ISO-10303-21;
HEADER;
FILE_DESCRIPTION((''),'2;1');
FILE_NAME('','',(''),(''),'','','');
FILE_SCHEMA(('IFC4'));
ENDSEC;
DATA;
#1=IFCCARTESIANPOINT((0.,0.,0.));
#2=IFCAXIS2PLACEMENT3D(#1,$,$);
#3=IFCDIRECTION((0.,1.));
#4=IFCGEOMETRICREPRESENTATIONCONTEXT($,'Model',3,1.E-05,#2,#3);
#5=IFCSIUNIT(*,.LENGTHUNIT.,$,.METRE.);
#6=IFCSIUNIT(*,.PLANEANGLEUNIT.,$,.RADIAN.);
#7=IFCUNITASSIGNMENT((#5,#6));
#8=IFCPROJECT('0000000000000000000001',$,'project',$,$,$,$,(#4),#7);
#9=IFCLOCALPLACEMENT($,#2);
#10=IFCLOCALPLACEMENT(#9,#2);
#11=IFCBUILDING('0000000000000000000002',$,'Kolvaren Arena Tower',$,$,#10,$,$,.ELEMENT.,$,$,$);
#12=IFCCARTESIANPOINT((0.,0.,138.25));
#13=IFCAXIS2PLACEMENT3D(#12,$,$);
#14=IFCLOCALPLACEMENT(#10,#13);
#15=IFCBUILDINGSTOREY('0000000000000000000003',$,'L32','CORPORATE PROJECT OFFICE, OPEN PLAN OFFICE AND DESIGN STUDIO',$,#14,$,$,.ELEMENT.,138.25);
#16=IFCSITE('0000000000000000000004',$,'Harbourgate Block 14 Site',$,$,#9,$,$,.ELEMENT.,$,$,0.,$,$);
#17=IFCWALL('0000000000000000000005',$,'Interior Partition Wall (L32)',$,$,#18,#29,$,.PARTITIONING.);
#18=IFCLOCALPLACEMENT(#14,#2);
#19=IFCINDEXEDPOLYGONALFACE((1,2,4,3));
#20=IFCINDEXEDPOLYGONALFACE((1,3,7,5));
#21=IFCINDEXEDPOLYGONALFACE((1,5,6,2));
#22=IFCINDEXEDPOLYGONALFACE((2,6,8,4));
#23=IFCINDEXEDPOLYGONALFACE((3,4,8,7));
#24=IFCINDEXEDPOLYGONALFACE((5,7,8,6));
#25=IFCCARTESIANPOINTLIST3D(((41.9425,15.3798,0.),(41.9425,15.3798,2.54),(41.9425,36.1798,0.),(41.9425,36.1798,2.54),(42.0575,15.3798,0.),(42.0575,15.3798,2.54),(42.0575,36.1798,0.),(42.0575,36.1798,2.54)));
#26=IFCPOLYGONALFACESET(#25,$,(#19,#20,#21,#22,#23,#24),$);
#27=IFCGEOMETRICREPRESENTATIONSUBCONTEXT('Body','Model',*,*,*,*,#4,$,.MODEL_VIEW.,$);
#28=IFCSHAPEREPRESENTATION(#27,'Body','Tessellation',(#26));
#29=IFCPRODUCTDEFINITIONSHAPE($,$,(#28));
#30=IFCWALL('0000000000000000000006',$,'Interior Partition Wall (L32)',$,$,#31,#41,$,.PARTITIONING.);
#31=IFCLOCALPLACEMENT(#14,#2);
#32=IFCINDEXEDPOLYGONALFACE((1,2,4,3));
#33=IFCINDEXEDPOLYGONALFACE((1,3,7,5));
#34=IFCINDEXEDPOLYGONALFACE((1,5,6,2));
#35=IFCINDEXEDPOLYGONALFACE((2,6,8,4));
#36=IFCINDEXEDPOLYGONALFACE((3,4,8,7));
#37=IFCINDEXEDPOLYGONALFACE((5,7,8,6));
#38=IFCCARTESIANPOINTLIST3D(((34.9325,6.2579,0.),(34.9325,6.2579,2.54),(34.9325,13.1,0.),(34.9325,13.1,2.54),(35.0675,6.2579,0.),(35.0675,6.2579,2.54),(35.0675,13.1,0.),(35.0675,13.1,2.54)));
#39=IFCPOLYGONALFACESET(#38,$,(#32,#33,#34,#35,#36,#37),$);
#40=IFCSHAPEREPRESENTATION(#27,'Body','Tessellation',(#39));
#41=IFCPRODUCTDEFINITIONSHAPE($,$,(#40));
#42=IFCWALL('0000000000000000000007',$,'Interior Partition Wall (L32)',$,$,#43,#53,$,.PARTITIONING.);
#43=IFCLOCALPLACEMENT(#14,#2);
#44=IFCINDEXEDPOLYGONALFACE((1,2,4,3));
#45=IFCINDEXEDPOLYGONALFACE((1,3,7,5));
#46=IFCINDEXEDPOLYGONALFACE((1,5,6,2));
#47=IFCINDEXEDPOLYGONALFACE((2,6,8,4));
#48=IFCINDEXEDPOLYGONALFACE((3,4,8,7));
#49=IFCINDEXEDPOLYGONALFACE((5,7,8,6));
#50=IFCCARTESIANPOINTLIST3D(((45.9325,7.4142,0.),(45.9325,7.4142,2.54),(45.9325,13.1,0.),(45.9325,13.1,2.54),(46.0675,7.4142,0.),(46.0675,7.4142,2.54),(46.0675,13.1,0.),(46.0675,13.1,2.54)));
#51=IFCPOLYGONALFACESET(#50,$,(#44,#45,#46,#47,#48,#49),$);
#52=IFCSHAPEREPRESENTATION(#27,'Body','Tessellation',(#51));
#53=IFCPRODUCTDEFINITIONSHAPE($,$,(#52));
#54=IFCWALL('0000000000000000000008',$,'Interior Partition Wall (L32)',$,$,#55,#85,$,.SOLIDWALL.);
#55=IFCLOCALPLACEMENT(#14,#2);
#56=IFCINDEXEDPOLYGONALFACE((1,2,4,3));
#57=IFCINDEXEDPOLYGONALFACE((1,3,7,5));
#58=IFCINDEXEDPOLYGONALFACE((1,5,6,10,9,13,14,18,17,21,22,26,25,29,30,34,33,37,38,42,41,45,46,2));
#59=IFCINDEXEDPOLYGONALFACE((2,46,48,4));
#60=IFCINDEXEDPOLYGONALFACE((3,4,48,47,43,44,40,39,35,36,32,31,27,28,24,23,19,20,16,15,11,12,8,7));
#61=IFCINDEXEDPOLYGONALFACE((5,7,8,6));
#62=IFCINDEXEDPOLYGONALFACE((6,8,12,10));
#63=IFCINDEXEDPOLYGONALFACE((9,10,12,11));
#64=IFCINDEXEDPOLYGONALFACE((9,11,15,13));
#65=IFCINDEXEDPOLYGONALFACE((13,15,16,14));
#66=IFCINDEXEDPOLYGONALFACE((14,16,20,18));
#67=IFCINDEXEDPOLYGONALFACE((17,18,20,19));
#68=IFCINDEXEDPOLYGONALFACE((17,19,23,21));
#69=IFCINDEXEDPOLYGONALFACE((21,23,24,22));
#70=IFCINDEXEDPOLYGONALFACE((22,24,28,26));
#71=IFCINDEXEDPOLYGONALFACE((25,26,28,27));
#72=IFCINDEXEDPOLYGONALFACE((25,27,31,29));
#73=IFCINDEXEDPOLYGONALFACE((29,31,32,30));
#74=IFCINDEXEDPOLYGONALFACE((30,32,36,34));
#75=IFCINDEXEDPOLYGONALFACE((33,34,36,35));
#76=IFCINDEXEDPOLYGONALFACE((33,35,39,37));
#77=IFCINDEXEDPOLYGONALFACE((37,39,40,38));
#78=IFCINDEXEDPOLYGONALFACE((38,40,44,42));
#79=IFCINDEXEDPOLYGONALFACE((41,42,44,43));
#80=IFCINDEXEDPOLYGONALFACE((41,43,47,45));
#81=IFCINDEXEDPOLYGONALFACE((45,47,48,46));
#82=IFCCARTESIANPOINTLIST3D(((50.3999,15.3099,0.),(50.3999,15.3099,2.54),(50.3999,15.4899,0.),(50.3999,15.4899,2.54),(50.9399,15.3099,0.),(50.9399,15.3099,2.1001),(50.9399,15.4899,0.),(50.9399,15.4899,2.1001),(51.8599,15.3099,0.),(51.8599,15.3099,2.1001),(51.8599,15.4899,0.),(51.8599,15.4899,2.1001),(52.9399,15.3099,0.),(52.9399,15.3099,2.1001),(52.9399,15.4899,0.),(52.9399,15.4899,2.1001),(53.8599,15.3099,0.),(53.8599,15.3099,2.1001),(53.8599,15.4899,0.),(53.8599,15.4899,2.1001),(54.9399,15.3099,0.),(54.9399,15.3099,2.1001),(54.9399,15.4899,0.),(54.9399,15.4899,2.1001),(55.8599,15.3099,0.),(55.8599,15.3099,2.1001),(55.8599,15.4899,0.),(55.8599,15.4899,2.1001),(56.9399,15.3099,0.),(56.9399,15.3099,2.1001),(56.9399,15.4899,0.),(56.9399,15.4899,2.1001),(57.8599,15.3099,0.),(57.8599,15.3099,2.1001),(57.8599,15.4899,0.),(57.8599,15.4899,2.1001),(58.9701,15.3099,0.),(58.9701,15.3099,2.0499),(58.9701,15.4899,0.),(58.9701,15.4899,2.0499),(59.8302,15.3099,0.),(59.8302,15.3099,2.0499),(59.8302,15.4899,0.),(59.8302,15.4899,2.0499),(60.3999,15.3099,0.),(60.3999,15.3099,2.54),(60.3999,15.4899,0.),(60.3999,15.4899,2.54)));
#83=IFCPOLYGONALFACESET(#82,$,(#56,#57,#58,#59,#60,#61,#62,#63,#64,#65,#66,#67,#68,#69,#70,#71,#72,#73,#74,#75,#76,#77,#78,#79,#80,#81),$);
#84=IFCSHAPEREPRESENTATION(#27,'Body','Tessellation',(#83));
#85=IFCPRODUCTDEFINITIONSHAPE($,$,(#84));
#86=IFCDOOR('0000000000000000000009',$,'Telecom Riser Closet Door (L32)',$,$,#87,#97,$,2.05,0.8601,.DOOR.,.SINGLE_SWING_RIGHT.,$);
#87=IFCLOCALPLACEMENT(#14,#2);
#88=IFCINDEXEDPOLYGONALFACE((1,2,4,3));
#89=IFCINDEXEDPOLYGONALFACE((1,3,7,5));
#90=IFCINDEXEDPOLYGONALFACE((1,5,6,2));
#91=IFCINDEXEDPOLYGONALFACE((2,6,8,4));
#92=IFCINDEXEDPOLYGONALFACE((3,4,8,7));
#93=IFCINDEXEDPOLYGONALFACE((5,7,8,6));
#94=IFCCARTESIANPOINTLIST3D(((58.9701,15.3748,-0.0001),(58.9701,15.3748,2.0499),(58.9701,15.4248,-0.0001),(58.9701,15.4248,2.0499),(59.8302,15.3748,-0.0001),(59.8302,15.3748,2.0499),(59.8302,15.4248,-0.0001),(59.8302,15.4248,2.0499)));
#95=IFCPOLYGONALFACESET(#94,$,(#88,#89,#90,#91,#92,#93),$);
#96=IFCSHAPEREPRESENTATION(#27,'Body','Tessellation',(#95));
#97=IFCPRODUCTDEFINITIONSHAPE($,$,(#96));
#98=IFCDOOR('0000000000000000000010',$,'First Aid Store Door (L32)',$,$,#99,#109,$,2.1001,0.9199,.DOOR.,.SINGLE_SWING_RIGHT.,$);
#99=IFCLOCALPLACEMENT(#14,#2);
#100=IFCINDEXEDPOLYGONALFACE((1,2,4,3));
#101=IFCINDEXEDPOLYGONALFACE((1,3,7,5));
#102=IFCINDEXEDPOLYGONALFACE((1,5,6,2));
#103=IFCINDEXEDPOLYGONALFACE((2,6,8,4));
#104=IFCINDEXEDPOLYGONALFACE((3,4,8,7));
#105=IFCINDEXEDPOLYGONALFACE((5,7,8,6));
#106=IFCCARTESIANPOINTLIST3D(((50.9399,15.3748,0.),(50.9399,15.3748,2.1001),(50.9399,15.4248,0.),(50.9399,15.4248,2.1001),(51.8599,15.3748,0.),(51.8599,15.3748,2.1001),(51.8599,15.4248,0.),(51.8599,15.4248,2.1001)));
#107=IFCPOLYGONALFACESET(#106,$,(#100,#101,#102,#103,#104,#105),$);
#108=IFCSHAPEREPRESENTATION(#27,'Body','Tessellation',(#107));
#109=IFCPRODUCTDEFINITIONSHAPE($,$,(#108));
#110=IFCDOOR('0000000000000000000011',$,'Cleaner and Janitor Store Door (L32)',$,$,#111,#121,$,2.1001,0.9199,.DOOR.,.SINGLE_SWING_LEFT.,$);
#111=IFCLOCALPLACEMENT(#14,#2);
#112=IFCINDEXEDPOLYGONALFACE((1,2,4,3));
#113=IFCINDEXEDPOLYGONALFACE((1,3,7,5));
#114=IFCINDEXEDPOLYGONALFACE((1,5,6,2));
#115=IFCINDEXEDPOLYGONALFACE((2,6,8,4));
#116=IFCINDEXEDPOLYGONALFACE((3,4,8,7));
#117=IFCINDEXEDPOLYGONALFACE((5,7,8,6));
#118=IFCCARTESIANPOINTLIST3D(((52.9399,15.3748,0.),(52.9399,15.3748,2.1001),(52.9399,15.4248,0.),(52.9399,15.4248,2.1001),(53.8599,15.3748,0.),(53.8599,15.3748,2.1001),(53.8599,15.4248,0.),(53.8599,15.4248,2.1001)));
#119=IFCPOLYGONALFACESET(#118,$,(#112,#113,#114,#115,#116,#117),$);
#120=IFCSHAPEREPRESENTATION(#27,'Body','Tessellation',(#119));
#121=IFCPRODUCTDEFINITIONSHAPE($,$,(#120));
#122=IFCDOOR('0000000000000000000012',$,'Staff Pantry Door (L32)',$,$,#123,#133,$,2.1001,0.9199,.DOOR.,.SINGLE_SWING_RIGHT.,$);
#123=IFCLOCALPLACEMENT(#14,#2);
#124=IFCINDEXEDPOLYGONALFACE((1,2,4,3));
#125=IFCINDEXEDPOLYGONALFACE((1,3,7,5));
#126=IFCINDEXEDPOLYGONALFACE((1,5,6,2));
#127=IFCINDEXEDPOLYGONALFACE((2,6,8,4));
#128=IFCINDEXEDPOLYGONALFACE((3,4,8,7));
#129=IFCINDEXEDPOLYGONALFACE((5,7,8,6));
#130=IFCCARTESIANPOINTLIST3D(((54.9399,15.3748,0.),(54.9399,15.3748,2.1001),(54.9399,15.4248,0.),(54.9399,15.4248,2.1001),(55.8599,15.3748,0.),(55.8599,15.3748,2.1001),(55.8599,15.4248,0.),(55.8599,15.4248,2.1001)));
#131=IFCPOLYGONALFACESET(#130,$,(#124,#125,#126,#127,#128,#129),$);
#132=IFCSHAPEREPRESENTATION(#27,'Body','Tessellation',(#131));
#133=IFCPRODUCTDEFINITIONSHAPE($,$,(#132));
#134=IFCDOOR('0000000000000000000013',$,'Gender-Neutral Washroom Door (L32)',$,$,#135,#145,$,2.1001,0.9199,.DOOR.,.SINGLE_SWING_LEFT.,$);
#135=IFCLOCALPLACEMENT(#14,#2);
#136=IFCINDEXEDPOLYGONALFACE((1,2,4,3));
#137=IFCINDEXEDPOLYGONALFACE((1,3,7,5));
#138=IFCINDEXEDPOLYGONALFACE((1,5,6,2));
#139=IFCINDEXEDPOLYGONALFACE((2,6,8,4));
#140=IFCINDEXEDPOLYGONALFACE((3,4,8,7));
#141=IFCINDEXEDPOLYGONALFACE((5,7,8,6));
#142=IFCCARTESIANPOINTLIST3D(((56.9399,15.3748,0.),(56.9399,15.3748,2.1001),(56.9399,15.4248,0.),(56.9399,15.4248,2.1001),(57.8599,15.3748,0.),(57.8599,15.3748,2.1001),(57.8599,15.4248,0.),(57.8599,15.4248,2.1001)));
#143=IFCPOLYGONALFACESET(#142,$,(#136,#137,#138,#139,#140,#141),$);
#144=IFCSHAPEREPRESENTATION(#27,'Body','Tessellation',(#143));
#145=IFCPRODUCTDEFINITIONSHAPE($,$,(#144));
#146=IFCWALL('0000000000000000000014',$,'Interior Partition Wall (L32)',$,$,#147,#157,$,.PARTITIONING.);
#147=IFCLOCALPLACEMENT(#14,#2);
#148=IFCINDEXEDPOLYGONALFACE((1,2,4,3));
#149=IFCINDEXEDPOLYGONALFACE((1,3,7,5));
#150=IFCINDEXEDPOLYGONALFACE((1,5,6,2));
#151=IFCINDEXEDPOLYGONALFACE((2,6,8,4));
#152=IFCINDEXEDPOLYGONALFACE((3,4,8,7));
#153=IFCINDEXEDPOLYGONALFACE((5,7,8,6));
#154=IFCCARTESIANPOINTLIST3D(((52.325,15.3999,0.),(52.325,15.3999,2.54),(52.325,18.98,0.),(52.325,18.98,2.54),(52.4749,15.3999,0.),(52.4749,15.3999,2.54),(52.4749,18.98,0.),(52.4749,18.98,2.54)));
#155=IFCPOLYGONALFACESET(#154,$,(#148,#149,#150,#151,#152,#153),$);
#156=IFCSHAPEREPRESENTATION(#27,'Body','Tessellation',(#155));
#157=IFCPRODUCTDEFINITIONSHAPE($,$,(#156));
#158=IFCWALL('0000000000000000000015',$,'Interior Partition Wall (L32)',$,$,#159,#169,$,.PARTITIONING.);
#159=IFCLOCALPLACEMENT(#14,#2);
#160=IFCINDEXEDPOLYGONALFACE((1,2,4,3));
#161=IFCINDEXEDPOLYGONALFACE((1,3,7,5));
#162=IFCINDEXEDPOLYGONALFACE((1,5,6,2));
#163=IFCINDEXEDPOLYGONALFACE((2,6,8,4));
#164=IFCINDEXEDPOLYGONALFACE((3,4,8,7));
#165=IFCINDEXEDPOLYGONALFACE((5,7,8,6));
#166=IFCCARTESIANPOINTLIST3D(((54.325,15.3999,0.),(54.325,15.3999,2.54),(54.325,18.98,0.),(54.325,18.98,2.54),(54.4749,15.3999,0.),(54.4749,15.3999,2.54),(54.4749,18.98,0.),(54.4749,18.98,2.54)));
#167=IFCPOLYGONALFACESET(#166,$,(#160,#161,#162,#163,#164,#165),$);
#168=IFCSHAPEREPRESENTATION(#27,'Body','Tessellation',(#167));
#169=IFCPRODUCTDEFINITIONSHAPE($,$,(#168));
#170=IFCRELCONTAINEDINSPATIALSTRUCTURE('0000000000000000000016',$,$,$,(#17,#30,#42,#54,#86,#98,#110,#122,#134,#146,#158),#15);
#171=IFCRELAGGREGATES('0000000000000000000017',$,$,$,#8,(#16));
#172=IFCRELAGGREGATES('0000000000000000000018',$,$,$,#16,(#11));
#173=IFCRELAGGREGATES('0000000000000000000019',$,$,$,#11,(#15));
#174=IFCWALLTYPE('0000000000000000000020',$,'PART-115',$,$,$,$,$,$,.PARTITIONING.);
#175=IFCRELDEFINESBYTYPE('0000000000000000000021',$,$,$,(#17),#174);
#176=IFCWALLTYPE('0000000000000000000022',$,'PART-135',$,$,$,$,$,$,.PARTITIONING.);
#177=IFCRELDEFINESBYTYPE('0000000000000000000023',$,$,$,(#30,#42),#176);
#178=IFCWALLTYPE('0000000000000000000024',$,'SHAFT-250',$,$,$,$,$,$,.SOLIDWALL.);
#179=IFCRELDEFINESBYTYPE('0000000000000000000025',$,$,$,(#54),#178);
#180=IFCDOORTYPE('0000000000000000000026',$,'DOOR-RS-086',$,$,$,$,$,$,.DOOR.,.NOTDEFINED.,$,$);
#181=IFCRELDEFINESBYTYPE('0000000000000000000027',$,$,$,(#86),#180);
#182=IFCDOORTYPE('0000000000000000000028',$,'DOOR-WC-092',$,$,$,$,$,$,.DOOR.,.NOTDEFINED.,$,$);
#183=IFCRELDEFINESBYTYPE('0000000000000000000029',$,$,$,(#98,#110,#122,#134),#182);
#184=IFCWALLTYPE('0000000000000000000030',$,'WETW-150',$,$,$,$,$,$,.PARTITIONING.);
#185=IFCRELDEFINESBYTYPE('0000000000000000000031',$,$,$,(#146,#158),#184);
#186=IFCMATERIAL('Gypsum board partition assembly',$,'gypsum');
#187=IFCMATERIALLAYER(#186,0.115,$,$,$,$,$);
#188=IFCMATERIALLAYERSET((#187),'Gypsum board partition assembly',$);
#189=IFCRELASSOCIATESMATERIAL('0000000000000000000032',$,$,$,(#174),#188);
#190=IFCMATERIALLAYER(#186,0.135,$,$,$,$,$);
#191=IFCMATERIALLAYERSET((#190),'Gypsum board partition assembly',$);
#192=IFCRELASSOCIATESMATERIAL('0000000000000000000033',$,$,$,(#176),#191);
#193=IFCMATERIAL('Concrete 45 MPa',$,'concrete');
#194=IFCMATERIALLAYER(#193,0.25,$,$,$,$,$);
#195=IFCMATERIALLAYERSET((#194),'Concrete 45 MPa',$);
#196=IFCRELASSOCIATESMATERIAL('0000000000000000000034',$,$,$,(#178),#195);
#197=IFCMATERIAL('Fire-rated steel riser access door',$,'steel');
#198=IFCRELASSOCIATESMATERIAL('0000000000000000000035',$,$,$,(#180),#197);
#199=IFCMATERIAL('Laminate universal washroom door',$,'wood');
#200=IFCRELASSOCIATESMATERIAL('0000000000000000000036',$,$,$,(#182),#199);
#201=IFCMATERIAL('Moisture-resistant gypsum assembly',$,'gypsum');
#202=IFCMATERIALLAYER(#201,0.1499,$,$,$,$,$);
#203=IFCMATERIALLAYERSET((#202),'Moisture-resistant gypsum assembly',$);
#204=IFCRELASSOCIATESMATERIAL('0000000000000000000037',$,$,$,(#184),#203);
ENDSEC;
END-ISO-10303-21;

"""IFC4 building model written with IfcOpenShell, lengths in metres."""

from ifc_helpers import new_model, si_unit, direction, frame, frame_2d, origin, place, context, subcontext, project, spatial, rectangle, extrude, material, layer, layer_set, type_object, element, fill, save


model = new_model("IFC4")

# Units and contexts
model_context = context("Model", 3, precision=1e-05, world=origin(), true_north=direction((0.0, 1.0)))
body_context = subcontext(model_context, "Body", "Model", "MODEL_VIEW")
ifc_project = project(units=[si_unit("LENGTHUNIT", "METRE"), si_unit("PLANEANGLEUNIT", "RADIAN")], contexts=[model_context])

# Site, building, storey
site_placement = place(None, origin())
site = spatial("IfcSite", under=ifc_project, at=site_placement, Name="Harbourgate Block 14 Site", CompositionType="ELEMENT", RefElevation=0.0)
building_placement = place(site_placement, origin())
building = spatial("IfcBuilding", under=site, at=building_placement, Name="Kolvaren Arena Tower", CompositionType="ELEMENT")
storey_placement = place(building_placement, frame((0.0, 0.0, 138.25)))
storey = spatial("IfcBuildingStorey", under=building, at=storey_placement, Name="L32", Description="CORPORATE PROJECT OFFICE, OPEN PLAN OFFICE AND DESIGN STUDIO", CompositionType="ELEMENT", Elevation=138.25)

# Walls
ifc_material_1 = material(Name="Gypsum board partition assembly", Category="gypsum")
ifc_layer_1 = layer(ifc_material_1, 0.115)
ifc_layer_set_1 = layer_set([ifc_layer_1], Name="Gypsum board partition assembly")
wall_type_1 = type_object("IfcWallType", Name="PART-115", PredefinedType="PARTITIONING", material=ifc_layer_set_1)
for number, where, z_axis, x_axis, name in (
    (1, (42.0, 15.3799, 0.0), (0.0, 0.0, 1.0), (0.0, 1.0, 0.0), "Interior Partition Wall (L32)"),
):
    element("IfcWall", number, at=place(storey_placement, frame(where, z_axis=z_axis, x_axis=x_axis)), inside=storey, type_object=wall_type_1, Name=name, PredefinedType="PARTITIONING", context=body_context, shape_type="SweptSolid", body=[
        extrude(rectangle(XDim=20.8, YDim=0.115, at=frame_2d((10.3999, 0.0))), origin(), (0.0, 0.0, 1.0), 2.54),
    ])
ifc_layer_2 = layer(ifc_material_1, 0.135)
ifc_layer_set_2 = layer_set([ifc_layer_2], Name="Gypsum board partition assembly")
wall_type_2 = type_object("IfcWallType", Name="PART-135", PredefinedType="PARTITIONING", material=ifc_layer_set_2)
wall_1_placement = place(storey_placement, frame((35.0, 6.2581, 0.0), z_axis=(0.0, 0.0, 1.0), x_axis=(0.0, 1.0, 0.0)))
element("IfcWall", 2, at=wall_1_placement, inside=storey, type_object=wall_type_2, Name="Interior Partition Wall (L32)", PredefinedType="PARTITIONING", context=body_context, shape_type="SweptSolid", body=[
    extrude(rectangle(XDim=6.842, YDim=0.135, at=frame_2d((3.4209, 0.0))), origin(), (0.0, 0.0, 1.0), 2.54),
])
wall_2_placement = place(storey_placement, frame((46.0, 7.4143, 0.0), z_axis=(0.0, 0.0, 1.0), x_axis=(0.0, 1.0, 0.0)))
element("IfcWall", 3, at=wall_2_placement, inside=storey, type_object=wall_type_2, Name="Interior Partition Wall (L32)", PredefinedType="PARTITIONING", context=body_context, shape_type="SweptSolid", body=[
    extrude(rectangle(XDim=5.6858, YDim=0.135, at=frame_2d((2.8428, 0.0))), origin(), (0.0, 0.0, 1.0), 2.54),
])

# Wall, openings, doors
ifc_material_2 = material(Name="Concrete 45 MPa", Category="concrete")
ifc_layer_3 = layer(ifc_material_2, 0.25)
ifc_layer_set_3 = layer_set([ifc_layer_3], Name="Concrete 45 MPa")
wall_type_3 = type_object("IfcWallType", Name="SHAFT-250", PredefinedType="SOLIDWALL", material=ifc_layer_set_3)
wall_3_placement = place(storey_placement, frame((50.3999, 15.3999, 0.0), z_axis=(0.0, 0.0, 1.0), x_axis=(1.0, 0.0, 0.0)))
wall_3 = element("IfcWall", 4, at=wall_3_placement, inside=storey, type_object=wall_type_3, Name="Interior Partition Wall (L32)", PredefinedType="SOLIDWALL", context=body_context, shape_type="SweptSolid", body=[
    extrude(rectangle(XDim=10.0, YDim=0.1799, at=frame_2d((5.0, 0.0))), origin(), (0.0, 0.0, 1.0), 2.54),
])
opening_1_placement = place(wall_3_placement, frame((0.54, 0.0, 0.0)))
opening_1 = element("IfcOpeningElement", 5, at=opening_1_placement, cuts=wall_3, PredefinedType="OPENING", context=body_context, shape_type="SweptSolid", body=[
    extrude(rectangle(XDim=0.9199, YDim=2.1001, at=frame_2d((0.46, 1.05))), frame((0.0, 0.0999, 0.0), z_axis=(0.0, -1.0, 0.0), x_axis=(1.0, 0.0, 0.0)), (0.0, 0.0, 1.0), 0.2),
])
opening_2_placement = place(wall_3_placement, frame((2.54, 0.0, 0.0)))
opening_2 = element("IfcOpeningElement", 6, at=opening_2_placement, cuts=wall_3, PredefinedType="OPENING", context=body_context, shape_type="SweptSolid", body=[
    extrude(rectangle(XDim=0.9199, YDim=2.1001, at=frame_2d((0.46, 1.05))), frame((0.0, 0.0999, 0.0), z_axis=(0.0, -1.0, 0.0), x_axis=(1.0, 0.0, 0.0)), (0.0, 0.0, 1.0), 0.2),
])
opening_3_placement = place(wall_3_placement, frame((4.54, 0.0, 0.0)))
opening_3 = element("IfcOpeningElement", 7, at=opening_3_placement, cuts=wall_3, PredefinedType="OPENING", context=body_context, shape_type="SweptSolid", body=[
    extrude(rectangle(XDim=0.9199, YDim=2.1001, at=frame_2d((0.46, 1.05))), frame((0.0, 0.0999, 0.0), z_axis=(0.0, -1.0, 0.0), x_axis=(1.0, 0.0, 0.0)), (0.0, 0.0, 1.0), 0.2),
])
opening_4_placement = place(wall_3_placement, frame((6.54, 0.0, 0.0)))
opening_4 = element("IfcOpeningElement", 8, at=opening_4_placement, cuts=wall_3, PredefinedType="OPENING", context=body_context, shape_type="SweptSolid", body=[
    extrude(rectangle(XDim=0.9199, YDim=2.1001, at=frame_2d((0.46, 1.05))), frame((0.0, 0.0999, 0.0), z_axis=(0.0, -1.0, 0.0), x_axis=(1.0, 0.0, 0.0)), (0.0, 0.0, 1.0), 0.2),
])
opening_5_placement = place(wall_3_placement, frame((8.5701, 0.0, 0.0)))
opening_5 = element("IfcOpeningElement", 9, at=opening_5_placement, cuts=wall_3, PredefinedType="OPENING", context=body_context, shape_type="SweptSolid", body=[
    extrude(rectangle(XDim=0.8601, YDim=2.05, at=frame_2d((0.4302, 1.0249))), frame((0.0, 0.0999, 0.0), z_axis=(0.0, -1.0, 0.0), x_axis=(1.0, 0.0, 0.0)), (0.0, 0.0, 1.0), 0.2),
])
ifc_material_3 = material(Name="Fire-rated steel riser access door", Category="steel")
door_type_1 = type_object("IfcDoorType", Name="DOOR-RS-086", OperationType="NOTDEFINED", PredefinedType="DOOR", material=ifc_material_3)
door_1_placement = place(opening_5_placement, origin())
door_1 = element("IfcDoor", 10, at=door_1_placement, inside=storey, type_object=door_type_1, Name="Telecom Riser Closet Door (L32)", OperationType="SINGLE_SWING_RIGHT", OverallHeight=2.05, OverallWidth=0.8601, PredefinedType="DOOR", context=body_context, shape_type="SweptSolid", body=[
    extrude(rectangle(XDim=0.8601, YDim=2.05, at=frame_2d((0.4302, 1.0249))), frame((0.0, 0.0249, 0.0), z_axis=(0.0, -1.0, 0.0), x_axis=(1.0, 0.0, 0.0)), (0.0, 0.0, 1.0), 0.05),
])
fill(opening_5, door_1)
ifc_material_4 = material(Name="Laminate universal washroom door", Category="wood")
door_type_2 = type_object("IfcDoorType", Name="DOOR-WC-092", OperationType="NOTDEFINED", PredefinedType="DOOR", material=ifc_material_4)
door_2_placement = place(opening_1_placement, origin())
door_2 = element("IfcDoor", 11, at=door_2_placement, inside=storey, type_object=door_type_2, Name="First Aid Store Door (L32)", OperationType="SINGLE_SWING_RIGHT", OverallHeight=2.1001, OverallWidth=0.9199, PredefinedType="DOOR", context=body_context, shape_type="SweptSolid", body=[
    extrude(rectangle(XDim=0.9199, YDim=2.1001, at=frame_2d((0.46, 1.05))), frame((0.0, 0.0249, 0.0), z_axis=(0.0, -1.0, 0.0), x_axis=(1.0, 0.0, 0.0)), (0.0, 0.0, 1.0), 0.05),
])
fill(opening_1, door_2)
door_3_placement = place(opening_2_placement, origin())
door_3 = element("IfcDoor", 12, at=door_3_placement, inside=storey, type_object=door_type_2, Name="Cleaner and Janitor Store Door (L32)", OperationType="SINGLE_SWING_LEFT", OverallHeight=2.1001, OverallWidth=0.9199, PredefinedType="DOOR", context=body_context, shape_type="SweptSolid", body=[
    extrude(rectangle(XDim=0.9199, YDim=2.1001, at=frame_2d((0.46, 1.05))), frame((0.0, 0.0249, 0.0), z_axis=(0.0, -1.0, 0.0), x_axis=(1.0, 0.0, 0.0)), (0.0, 0.0, 1.0), 0.05),
])
fill(opening_2, door_3)
door_4_placement = place(opening_3_placement, origin())
door_4 = element("IfcDoor", 13, at=door_4_placement, inside=storey, type_object=door_type_2, Name="Staff Pantry Door (L32)", OperationType="SINGLE_SWING_RIGHT", OverallHeight=2.1001, OverallWidth=0.9199, PredefinedType="DOOR", context=body_context, shape_type="SweptSolid", body=[
    extrude(rectangle(XDim=0.9199, YDim=2.1001, at=frame_2d((0.46, 1.05))), frame((0.0, 0.0249, 0.0), z_axis=(0.0, -1.0, 0.0), x_axis=(1.0, 0.0, 0.0)), (0.0, 0.0, 1.0), 0.05),
])
fill(opening_3, door_4)
door_5_placement = place(opening_4_placement, origin())
door_5 = element("IfcDoor", 14, at=door_5_placement, inside=storey, type_object=door_type_2, Name="Gender-Neutral Washroom Door (L32)", OperationType="SINGLE_SWING_LEFT", OverallHeight=2.1001, OverallWidth=0.9199, PredefinedType="DOOR", context=body_context, shape_type="SweptSolid", body=[
    extrude(rectangle(XDim=0.9199, YDim=2.1001, at=frame_2d((0.46, 1.05))), frame((0.0, 0.0249, 0.0), z_axis=(0.0, -1.0, 0.0), x_axis=(1.0, 0.0, 0.0)), (0.0, 0.0, 1.0), 0.05),
])
fill(opening_4, door_5)

# Walls
ifc_material_5 = material(Name="Moisture-resistant gypsum assembly", Category="gypsum")
ifc_layer_4 = layer(ifc_material_5, 0.1499)
ifc_layer_set_4 = layer_set([ifc_layer_4], Name="Moisture-resistant gypsum assembly")
wall_type_4 = type_object("IfcWallType", Name="WETW-150", PredefinedType="PARTITIONING", material=ifc_layer_set_4)
for number, where, z_axis, x_axis, name in (
    (15, (52.3999, 15.3999, 0.0), (0.0, 0.0, 1.0), (0.0, 1.0, 0.0), "Interior Partition Wall (L32)"),
    (16, (54.3999, 15.3999, 0.0), (0.0, 0.0, 1.0), (0.0, 1.0, 0.0), "Interior Partition Wall (L32)"),
):
    element("IfcWall", number, at=place(storey_placement, frame(where, z_axis=z_axis, x_axis=x_axis)), inside=storey, type_object=wall_type_4, Name=name, PredefinedType="PARTITIONING", context=body_context, shape_type="SweptSolid", body=[
        extrude(rectangle(XDim=3.5801, YDim=0.1499, at=frame_2d((1.79, 0.0))), origin(), (0.0, 0.0, 1.0), 2.54),
    ])

save(model, "model.ifc")
